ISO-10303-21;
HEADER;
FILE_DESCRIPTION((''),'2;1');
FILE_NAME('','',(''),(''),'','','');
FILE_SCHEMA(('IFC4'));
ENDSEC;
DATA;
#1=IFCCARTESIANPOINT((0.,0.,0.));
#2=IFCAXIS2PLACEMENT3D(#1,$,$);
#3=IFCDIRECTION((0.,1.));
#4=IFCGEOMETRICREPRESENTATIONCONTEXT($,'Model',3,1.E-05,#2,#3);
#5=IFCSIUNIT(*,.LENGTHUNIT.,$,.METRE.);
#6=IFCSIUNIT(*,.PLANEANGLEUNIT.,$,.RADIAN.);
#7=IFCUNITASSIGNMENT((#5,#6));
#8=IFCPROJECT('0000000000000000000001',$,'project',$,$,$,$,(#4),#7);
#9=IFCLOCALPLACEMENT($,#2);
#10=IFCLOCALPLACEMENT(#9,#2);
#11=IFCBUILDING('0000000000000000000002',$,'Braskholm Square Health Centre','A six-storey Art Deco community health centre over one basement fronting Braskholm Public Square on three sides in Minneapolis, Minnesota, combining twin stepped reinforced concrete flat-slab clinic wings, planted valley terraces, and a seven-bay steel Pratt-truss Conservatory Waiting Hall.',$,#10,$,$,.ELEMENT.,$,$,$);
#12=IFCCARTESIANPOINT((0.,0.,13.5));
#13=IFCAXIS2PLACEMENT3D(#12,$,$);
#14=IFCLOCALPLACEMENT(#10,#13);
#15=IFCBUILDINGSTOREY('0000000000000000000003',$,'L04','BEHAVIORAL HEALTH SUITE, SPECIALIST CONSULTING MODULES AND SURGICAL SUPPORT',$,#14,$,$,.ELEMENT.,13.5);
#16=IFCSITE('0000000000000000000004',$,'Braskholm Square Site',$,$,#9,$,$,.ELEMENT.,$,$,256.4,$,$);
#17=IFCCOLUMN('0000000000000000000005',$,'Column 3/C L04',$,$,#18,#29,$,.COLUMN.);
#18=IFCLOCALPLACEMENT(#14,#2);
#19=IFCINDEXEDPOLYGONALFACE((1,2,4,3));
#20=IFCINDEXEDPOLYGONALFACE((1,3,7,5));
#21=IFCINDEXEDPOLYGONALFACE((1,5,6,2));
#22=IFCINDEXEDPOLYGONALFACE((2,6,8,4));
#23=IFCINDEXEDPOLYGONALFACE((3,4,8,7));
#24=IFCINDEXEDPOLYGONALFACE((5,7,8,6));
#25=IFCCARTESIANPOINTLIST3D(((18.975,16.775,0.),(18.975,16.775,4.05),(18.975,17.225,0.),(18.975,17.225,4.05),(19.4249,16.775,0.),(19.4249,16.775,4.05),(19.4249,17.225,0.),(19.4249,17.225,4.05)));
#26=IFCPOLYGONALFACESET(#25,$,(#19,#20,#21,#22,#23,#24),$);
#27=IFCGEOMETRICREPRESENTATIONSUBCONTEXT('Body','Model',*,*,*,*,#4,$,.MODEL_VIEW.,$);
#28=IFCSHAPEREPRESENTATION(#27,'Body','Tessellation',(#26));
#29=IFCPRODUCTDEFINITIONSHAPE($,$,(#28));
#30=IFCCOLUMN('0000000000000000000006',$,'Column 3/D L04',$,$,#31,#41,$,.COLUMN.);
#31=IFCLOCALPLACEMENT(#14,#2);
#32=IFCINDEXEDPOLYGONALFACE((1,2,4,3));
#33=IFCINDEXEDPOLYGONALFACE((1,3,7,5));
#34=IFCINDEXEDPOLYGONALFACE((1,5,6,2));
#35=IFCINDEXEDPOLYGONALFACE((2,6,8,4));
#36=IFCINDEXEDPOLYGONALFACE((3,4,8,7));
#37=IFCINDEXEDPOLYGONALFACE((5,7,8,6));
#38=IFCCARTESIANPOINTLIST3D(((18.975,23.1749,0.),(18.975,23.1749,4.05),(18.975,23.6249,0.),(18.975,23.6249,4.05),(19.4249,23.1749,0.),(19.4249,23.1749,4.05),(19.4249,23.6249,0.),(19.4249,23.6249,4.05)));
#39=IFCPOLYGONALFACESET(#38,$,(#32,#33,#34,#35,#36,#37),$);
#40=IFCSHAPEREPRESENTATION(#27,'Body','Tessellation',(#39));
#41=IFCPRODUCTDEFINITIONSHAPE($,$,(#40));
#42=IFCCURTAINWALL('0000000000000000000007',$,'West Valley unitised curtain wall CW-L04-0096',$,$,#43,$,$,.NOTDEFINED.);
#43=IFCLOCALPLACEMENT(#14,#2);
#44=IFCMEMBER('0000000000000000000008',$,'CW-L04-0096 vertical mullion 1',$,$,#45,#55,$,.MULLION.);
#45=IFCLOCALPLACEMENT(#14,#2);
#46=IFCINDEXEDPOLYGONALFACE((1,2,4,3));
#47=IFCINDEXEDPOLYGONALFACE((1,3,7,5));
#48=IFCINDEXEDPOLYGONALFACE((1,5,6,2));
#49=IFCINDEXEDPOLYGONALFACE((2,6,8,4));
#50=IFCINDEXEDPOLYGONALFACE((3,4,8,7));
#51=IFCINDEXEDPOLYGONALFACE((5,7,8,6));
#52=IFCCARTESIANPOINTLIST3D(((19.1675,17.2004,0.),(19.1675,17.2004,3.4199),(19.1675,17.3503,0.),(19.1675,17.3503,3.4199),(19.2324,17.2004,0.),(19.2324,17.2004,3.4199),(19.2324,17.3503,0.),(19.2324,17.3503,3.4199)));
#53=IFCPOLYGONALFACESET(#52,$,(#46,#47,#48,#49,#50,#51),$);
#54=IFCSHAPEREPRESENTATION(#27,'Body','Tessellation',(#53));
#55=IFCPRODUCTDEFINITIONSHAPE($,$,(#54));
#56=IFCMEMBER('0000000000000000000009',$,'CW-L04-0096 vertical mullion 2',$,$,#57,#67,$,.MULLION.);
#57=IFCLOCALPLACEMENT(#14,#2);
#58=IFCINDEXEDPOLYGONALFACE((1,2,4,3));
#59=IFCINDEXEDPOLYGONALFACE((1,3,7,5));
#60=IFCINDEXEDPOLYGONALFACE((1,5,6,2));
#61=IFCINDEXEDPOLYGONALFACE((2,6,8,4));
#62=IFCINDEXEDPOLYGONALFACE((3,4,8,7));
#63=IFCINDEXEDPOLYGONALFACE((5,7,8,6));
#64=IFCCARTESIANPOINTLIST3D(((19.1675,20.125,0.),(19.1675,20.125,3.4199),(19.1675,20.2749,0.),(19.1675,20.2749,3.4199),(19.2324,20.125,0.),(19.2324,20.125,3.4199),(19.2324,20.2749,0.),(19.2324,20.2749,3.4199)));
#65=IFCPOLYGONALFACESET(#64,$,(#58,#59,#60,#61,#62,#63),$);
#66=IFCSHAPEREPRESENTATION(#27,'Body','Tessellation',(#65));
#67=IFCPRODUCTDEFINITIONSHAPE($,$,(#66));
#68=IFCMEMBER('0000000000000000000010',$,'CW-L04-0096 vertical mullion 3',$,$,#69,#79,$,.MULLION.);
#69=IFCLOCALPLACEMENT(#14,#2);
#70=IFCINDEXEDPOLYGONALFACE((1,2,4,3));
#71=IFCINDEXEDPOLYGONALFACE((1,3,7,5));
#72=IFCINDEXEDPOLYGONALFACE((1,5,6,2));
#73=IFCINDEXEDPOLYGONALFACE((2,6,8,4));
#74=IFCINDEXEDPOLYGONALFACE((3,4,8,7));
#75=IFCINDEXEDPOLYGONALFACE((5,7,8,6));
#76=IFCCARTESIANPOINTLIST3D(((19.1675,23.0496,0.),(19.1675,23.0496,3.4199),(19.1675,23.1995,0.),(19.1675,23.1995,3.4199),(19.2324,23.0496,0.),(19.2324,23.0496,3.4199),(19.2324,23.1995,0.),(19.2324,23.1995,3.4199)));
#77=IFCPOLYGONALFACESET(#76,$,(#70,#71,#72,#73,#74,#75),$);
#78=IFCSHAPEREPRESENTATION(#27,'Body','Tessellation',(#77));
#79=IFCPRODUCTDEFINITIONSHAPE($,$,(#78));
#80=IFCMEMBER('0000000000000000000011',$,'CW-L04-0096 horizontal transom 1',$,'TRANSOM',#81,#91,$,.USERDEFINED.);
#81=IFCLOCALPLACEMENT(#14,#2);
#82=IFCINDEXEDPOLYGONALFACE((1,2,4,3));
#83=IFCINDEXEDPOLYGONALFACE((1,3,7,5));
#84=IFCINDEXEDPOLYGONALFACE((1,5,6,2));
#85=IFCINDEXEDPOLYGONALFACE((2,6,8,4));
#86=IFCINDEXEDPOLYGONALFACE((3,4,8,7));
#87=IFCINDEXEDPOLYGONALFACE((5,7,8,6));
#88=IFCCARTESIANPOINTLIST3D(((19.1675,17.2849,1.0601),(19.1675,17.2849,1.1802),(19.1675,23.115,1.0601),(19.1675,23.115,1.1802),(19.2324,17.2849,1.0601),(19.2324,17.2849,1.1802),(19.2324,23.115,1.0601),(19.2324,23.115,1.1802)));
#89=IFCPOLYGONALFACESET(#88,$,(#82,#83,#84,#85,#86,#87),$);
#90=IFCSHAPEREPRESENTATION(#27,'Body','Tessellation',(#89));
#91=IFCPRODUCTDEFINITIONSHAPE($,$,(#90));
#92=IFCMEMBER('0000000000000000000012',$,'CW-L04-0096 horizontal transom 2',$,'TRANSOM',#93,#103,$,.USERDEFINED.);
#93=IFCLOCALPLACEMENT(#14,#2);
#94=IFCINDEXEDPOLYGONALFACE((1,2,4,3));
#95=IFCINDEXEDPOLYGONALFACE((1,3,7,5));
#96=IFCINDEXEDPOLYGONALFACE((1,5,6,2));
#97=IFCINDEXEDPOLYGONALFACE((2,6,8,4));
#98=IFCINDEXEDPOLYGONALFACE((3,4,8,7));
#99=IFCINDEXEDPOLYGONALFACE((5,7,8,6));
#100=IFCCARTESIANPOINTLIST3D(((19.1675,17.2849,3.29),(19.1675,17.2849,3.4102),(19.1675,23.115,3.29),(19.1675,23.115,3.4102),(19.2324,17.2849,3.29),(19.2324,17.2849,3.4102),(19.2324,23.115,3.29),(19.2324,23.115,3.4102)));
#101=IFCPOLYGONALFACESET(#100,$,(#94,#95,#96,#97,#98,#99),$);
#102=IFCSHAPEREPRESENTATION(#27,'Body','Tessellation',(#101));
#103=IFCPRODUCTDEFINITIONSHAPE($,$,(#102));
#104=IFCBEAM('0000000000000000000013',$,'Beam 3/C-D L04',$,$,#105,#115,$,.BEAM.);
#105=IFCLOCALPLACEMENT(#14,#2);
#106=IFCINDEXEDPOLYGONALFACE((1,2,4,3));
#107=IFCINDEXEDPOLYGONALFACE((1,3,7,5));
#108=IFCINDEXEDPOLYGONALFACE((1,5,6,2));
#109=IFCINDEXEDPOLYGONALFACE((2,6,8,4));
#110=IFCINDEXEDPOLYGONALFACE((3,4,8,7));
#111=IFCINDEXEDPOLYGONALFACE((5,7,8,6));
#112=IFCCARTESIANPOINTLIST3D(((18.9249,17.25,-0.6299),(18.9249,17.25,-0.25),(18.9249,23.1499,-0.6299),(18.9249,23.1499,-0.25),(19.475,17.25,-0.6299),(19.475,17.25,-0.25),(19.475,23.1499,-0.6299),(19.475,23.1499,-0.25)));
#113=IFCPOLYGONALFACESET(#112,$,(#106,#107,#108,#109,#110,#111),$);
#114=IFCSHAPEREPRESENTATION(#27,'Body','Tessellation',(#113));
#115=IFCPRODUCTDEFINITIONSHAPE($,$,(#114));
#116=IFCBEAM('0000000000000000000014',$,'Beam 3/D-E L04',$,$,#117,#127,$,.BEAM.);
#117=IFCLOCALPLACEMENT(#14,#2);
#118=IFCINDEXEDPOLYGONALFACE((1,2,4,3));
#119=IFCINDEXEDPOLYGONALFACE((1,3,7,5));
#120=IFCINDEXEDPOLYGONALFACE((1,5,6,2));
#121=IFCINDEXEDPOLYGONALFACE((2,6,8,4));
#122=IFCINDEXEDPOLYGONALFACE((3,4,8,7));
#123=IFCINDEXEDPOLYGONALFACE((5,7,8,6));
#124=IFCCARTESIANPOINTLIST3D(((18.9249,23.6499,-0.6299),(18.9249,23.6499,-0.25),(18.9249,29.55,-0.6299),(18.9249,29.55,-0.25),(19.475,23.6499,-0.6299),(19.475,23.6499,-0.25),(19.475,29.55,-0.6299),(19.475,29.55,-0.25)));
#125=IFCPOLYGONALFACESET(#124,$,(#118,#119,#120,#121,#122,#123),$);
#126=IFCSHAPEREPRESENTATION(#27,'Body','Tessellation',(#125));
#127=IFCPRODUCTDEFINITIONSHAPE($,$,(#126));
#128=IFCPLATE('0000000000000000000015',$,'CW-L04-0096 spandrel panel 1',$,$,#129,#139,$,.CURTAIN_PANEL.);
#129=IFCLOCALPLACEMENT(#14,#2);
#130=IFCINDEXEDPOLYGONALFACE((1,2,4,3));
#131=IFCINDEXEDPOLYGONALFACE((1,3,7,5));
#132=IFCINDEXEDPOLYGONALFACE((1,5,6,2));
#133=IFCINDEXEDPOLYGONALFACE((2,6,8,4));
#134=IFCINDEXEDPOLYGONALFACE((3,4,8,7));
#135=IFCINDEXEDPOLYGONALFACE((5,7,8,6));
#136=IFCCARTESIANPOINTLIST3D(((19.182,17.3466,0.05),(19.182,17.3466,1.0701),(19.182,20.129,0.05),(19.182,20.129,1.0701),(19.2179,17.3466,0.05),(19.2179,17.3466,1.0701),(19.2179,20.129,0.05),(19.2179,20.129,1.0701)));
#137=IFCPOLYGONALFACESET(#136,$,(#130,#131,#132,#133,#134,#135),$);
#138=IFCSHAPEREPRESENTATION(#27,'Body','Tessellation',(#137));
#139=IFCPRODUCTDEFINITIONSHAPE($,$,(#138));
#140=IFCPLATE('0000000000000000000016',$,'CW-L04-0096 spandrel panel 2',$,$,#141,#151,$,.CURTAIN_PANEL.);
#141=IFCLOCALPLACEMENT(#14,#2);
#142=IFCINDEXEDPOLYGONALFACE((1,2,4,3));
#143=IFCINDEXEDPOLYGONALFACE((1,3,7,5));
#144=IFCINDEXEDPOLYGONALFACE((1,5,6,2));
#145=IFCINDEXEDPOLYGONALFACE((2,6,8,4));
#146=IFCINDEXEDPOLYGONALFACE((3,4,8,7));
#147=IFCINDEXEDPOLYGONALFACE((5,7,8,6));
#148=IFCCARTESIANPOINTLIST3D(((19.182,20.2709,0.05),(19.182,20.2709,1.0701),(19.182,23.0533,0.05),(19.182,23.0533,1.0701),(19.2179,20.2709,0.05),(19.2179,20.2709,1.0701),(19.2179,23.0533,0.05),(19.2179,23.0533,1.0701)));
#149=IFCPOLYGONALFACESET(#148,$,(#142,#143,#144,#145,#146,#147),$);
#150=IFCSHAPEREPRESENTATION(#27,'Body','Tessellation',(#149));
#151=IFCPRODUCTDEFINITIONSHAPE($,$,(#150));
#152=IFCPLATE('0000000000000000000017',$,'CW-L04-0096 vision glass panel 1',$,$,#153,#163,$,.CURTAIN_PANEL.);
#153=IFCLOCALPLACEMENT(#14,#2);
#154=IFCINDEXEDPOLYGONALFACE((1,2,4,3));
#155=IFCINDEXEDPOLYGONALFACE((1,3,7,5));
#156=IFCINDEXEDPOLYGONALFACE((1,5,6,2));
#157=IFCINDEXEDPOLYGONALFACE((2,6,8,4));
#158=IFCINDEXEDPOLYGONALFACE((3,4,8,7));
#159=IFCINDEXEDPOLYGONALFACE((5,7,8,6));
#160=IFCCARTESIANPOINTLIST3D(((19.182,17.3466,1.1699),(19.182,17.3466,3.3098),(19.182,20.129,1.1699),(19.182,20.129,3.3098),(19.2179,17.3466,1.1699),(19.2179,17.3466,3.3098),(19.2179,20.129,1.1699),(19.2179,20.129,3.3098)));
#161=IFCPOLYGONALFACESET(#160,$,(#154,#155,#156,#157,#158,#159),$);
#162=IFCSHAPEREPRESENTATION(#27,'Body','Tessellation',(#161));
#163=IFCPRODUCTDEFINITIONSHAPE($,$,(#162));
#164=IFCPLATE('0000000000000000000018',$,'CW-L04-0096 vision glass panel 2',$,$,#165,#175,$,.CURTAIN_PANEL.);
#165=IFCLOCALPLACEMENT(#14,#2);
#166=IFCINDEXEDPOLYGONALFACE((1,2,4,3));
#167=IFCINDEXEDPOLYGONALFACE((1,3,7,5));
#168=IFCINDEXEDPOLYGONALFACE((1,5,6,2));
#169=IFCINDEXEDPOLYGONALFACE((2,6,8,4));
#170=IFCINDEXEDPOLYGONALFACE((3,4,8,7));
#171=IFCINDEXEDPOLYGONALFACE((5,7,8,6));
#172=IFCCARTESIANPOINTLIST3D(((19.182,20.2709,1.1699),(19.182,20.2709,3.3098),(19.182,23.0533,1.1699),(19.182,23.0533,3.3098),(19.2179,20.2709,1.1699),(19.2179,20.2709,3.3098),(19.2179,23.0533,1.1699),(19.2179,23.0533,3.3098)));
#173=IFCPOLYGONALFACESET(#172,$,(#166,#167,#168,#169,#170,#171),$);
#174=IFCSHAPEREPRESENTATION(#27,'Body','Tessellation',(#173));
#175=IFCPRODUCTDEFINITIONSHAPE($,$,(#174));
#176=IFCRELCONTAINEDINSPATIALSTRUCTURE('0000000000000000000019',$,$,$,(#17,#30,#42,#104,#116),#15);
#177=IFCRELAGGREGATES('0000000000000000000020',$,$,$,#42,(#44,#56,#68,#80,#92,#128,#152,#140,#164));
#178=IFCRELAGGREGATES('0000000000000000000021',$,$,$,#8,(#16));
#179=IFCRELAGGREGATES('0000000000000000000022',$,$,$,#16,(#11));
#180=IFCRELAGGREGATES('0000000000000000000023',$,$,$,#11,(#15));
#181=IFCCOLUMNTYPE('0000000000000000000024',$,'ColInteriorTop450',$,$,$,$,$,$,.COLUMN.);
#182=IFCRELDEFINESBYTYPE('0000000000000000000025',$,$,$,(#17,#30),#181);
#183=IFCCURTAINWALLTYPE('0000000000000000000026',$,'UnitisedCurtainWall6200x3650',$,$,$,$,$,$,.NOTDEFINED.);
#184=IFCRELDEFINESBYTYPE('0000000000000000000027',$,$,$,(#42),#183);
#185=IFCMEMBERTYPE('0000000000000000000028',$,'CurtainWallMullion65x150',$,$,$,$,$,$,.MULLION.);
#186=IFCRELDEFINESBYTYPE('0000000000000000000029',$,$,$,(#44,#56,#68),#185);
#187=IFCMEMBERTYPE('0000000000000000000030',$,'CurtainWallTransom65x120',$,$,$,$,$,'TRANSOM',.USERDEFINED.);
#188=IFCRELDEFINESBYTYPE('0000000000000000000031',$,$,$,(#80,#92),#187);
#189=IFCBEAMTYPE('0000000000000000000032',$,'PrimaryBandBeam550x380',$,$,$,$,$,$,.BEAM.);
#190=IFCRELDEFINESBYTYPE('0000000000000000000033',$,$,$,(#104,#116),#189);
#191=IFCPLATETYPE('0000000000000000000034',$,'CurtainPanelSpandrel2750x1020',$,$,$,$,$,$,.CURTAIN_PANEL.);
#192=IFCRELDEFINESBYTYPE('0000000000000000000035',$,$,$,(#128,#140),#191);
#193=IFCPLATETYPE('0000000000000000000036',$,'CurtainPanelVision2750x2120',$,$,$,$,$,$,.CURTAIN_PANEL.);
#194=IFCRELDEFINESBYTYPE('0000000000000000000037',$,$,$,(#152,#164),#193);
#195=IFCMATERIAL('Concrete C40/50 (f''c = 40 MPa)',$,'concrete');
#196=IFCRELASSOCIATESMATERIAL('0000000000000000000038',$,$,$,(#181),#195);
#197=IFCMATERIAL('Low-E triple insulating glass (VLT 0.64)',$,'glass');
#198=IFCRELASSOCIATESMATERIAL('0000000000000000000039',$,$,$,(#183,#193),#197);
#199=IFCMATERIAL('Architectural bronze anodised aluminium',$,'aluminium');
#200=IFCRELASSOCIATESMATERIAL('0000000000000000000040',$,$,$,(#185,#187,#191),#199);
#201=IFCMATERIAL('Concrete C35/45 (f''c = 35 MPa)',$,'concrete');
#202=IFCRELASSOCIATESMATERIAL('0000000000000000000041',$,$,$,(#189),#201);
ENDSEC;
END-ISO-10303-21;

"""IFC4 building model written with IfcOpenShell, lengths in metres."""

from ifc_helpers import new_model, si_unit, direction, frame, origin, origin_2d, place, context, subcontext, project, spatial, rectangle, extrude, material, material_profile, profile_set, type_object, element, aggregate, save


model = new_model("IFC4")

# Units and contexts
model_context = context("Model", 3, precision=1e-05, world=origin(), true_north=direction((0.0, 1.0)))
body_context = subcontext(model_context, "Body", "Model", "MODEL_VIEW")
ifc_project = project(units=[si_unit("LENGTHUNIT", "METRE"), si_unit("PLANEANGLEUNIT", "RADIAN")], contexts=[model_context])

# Site, building, storey
site_placement = place(None, origin())
site = spatial("IfcSite", under=ifc_project, at=site_placement, Name="Braskholm Square Site", CompositionType="ELEMENT", RefElevation=256.4)
building_placement = place(site_placement, origin())
building = spatial("IfcBuilding", under=site, at=building_placement, Name="Braskholm Square Health Centre", Description="A six-storey Art Deco community health centre over one basement fronting Braskholm Public Square on three sides in Minneapolis, Minnesota, combining twin stepped reinforced concrete flat-slab clinic wings, planted valley terraces, and a seven-bay steel Pratt-truss Conservatory Waiting Hall.", CompositionType="ELEMENT")
storey_placement = place(building_placement, frame((0.0, 0.0, 13.5)))
storey = spatial("IfcBuildingStorey", under=building, at=storey_placement, Name="L04", Description="BEHAVIORAL HEALTH SUITE, SPECIALIST CONSULTING MODULES AND SURGICAL SUPPORT", CompositionType="ELEMENT", Elevation=13.5)

# Columns
ifc_material_1 = material(Name="Concrete C40/50 (f'c = 40 MPa)", Category="concrete")
ifc_material_profile_1 = material_profile(ifc_material_1, rectangle(XDim=0.45, YDim=0.45, at=origin_2d()), Name="RC-450X450")
ifc_profile_set_1 = profile_set([ifc_material_profile_1], Name="Concrete C40/50 (f'c = 40 MPa)")
column_type = type_object("IfcColumnType", Name="ColInteriorTop450", PredefinedType="COLUMN", material=ifc_profile_set_1)
for number, where, z_axis, x_axis, name in (
    (1, (19.2, 17.0, 0.0), (0.0, 0.0, 1.0), (1.0, 0.0, 0.0), "Column 3/C L04"),
    (2, (19.2, 23.3999, 0.0), (0.0, 0.0, 1.0), (1.0, 0.0, 0.0), "Column 3/D L04"),
):
    element("IfcColumn", number, at=place(storey_placement, frame(where, z_axis=z_axis, x_axis=x_axis)), inside=storey, type_object=column_type, Name=name, PredefinedType="COLUMN", context=body_context, shape_type="SweptSolid", body=[
        extrude(rectangle(XDim=0.45, YDim=0.45, at=origin_2d()), origin(), (0.0, 0.0, 1.0), 4.05),
    ])

# Curtain wall, members
ifc_material_2 = material(Name="Low-E triple insulating glass (VLT 0.64)", Category="glass")
curtain_wall_type = type_object("IfcCurtainWallType", Name="UnitisedCurtainWall6200x3650", PredefinedType="NOTDEFINED", material=ifc_material_2)
curtain_wall_placement = place(storey_placement, origin())
curtain_wall = element("IfcCurtainWall", 3, at=curtain_wall_placement, inside=storey, type_object=curtain_wall_type, Name="West Valley unitised curtain wall CW-L04-0096", PredefinedType="NOTDEFINED")
ifc_material_3 = material(Name="Architectural bronze anodised aluminium", Category="aluminium")
ifc_material_profile_2 = material_profile(ifc_material_3, rectangle(XDim=0.0649, YDim=0.1499, at=origin_2d()), Name="ALU-65X150")
ifc_profile_set_2 = profile_set([ifc_material_profile_2], Name="Architectural bronze anodised aluminium")
member_type_1 = type_object("IfcMemberType", Name="CurtainWallMullion65x150", PredefinedType="MULLION", material=ifc_profile_set_2)
member_1_placement = place(storey_placement, frame((19.2, 17.2754, 0.0), z_axis=(0.0, 0.0, 1.0), x_axis=(1.0, 0.0, 0.0)))
member_1 = element("IfcMember", 4, at=member_1_placement, type_object=member_type_1, Name="CW-L04-0096 vertical mullion 1", PredefinedType="MULLION", context=body_context, shape_type="SweptSolid", body=[
    extrude(rectangle(XDim=0.0649, YDim=0.1499, at=origin_2d()), origin(), (0.0, 0.0, 1.0), 3.4199),
])
member_2_placement = place(storey_placement, frame((19.2, 20.2, 0.0), z_axis=(0.0, 0.0, 1.0), x_axis=(1.0, 0.0, 0.0)))
member_2 = element("IfcMember", 5, at=member_2_placement, type_object=member_type_1, Name="CW-L04-0096 vertical mullion 2", PredefinedType="MULLION", context=body_context, shape_type="SweptSolid", body=[
    extrude(rectangle(XDim=0.0649, YDim=0.1499, at=origin_2d()), origin(), (0.0, 0.0, 1.0), 3.4199),
])
member_3_placement = place(storey_placement, frame((19.2, 23.1245, 0.0), z_axis=(0.0, 0.0, 1.0), x_axis=(1.0, 0.0, 0.0)))
member_3 = element("IfcMember", 6, at=member_3_placement, type_object=member_type_1, Name="CW-L04-0096 vertical mullion 3", PredefinedType="MULLION", context=body_context, shape_type="SweptSolid", body=[
    extrude(rectangle(XDim=0.0649, YDim=0.1499, at=origin_2d()), origin(), (0.0, 0.0, 1.0), 3.4199),
])
ifc_material_profile_3 = material_profile(ifc_material_3, rectangle(XDim=0.0649, YDim=0.1201, at=origin_2d()), Name="ALU-65X120")
ifc_profile_set_3 = profile_set([ifc_material_profile_3], Name="Architectural bronze anodised aluminium")
member_type_2 = type_object("IfcMemberType", Name="CurtainWallTransom65x120", ElementType="TRANSOM", PredefinedType="USERDEFINED", material=ifc_profile_set_3)
member_4_placement = place(storey_placement, frame((19.2, 17.2849, 1.1201), z_axis=(0.0, 1.0, 0.0), x_axis=(-1.0, 0.0, 0.0)))
member_4 = element("IfcMember", 7, at=member_4_placement, type_object=member_type_2, Name="CW-L04-0096 horizontal transom 1", ObjectType="TRANSOM", PredefinedType="USERDEFINED", context=body_context, shape_type="SweptSolid", body=[
    extrude(rectangle(XDim=0.0649, YDim=0.1201, at=origin_2d()), origin(), (0.0, 0.0, 1.0), 5.8301),
])
member_5_placement = place(storey_placement, frame((19.2, 17.2849, 3.3501), z_axis=(0.0, 1.0, 0.0), x_axis=(-1.0, 0.0, 0.0)))
member_5 = element("IfcMember", 8, at=member_5_placement, type_object=member_type_2, Name="CW-L04-0096 horizontal transom 2", ObjectType="TRANSOM", PredefinedType="USERDEFINED", context=body_context, shape_type="SweptSolid", body=[
    extrude(rectangle(XDim=0.0649, YDim=0.1201, at=origin_2d()), origin(), (0.0, 0.0, 1.0), 5.8301),
])

# Beams
ifc_material_4 = material(Name="Concrete C35/45 (f'c = 35 MPa)", Category="concrete")
ifc_material_profile_4 = material_profile(ifc_material_4, rectangle(XDim=0.55, YDim=0.3799, at=origin_2d()), Name="RCB-550X380")
ifc_profile_set_4 = profile_set([ifc_material_profile_4], Name="Concrete C35/45 (f'c = 35 MPa)")
beam_type = type_object("IfcBeamType", Name="PrimaryBandBeam550x380", PredefinedType="BEAM", material=ifc_profile_set_4)
beam_1_placement = place(storey_placement, frame((19.2, 17.25, -0.4399), z_axis=(0.0, 1.0, 0.0), x_axis=(-1.0, 0.0, 0.0)))
element("IfcBeam", 9, at=beam_1_placement, inside=storey, type_object=beam_type, Name="Beam 3/C-D L04", PredefinedType="BEAM", context=body_context, shape_type="SweptSolid", body=[
    extrude(rectangle(XDim=0.55, YDim=0.3799, at=origin_2d()), origin(), (0.0, 0.0, 1.0), 5.8999),
])
beam_2_placement = place(storey_placement, frame((19.2, 23.6499, -0.4399), z_axis=(0.0, 1.0, 0.0), x_axis=(-1.0, 0.0, 0.0)))
element("IfcBeam", 10, at=beam_2_placement, inside=storey, type_object=beam_type, Name="Beam 3/D-E L04", PredefinedType="BEAM", context=body_context, shape_type="SweptSolid", body=[
    extrude(rectangle(XDim=0.55, YDim=0.3799, at=origin_2d()), origin(), (0.0, 0.0, 1.0), 5.9001),
])

# Plates
plate_type_1 = type_object("IfcPlateType", Name="CurtainPanelSpandrel2750x1020", PredefinedType="CURTAIN_PANEL", material=ifc_material_3)
plate_1_placement = place(storey_placement, frame((19.2, 18.7378, 0.05), z_axis=(0.0, 0.0, 1.0), x_axis=(0.0, 1.0, 0.0)))
plate_1 = element("IfcPlate", 11, at=plate_1_placement, type_object=plate_type_1, Name="CW-L04-0096 spandrel panel 1", PredefinedType="CURTAIN_PANEL", context=body_context, shape_type="SweptSolid", body=[
    extrude(rectangle(XDim=2.7825, YDim=0.0359, at=origin_2d()), origin(), (0.0, 0.0, 1.0), 1.02),
])
plate_2_placement = place(storey_placement, frame((19.2, 21.6621, 0.05), z_axis=(0.0, 0.0, 1.0), x_axis=(0.0, 1.0, 0.0)))
plate_2 = element("IfcPlate", 12, at=plate_2_placement, type_object=plate_type_1, Name="CW-L04-0096 spandrel panel 2", PredefinedType="CURTAIN_PANEL", context=body_context, shape_type="SweptSolid", body=[
    extrude(rectangle(XDim=2.7825, YDim=0.0359, at=origin_2d()), origin(), (0.0, 0.0, 1.0), 1.02),
])
plate_type_2 = type_object("IfcPlateType", Name="CurtainPanelVision2750x2120", PredefinedType="CURTAIN_PANEL", material=ifc_material_2)
plate_3_placement = place(storey_placement, frame((19.2, 18.7378, 1.1699), z_axis=(0.0, 0.0, 1.0), x_axis=(0.0, 1.0, 0.0)))
plate_3 = element("IfcPlate", 13, at=plate_3_placement, type_object=plate_type_2, Name="CW-L04-0096 vision glass panel 1", PredefinedType="CURTAIN_PANEL", context=body_context, shape_type="SweptSolid", body=[
    extrude(rectangle(XDim=2.7825, YDim=0.0359, at=origin_2d()), origin(), (0.0, 0.0, 1.0), 2.1399),
])
plate_4_placement = place(storey_placement, frame((19.2, 21.6621, 1.1699), z_axis=(0.0, 0.0, 1.0), x_axis=(0.0, 1.0, 0.0)))
plate_4 = element("IfcPlate", 14, at=plate_4_placement, type_object=plate_type_2, Name="CW-L04-0096 vision glass panel 2", PredefinedType="CURTAIN_PANEL", context=body_context, shape_type="SweptSolid", body=[
    extrude(rectangle(XDim=2.7825, YDim=0.0359, at=origin_2d()), origin(), (0.0, 0.0, 1.0), 2.1399),
])
aggregate(curtain_wall, [member_1, member_2, member_3, member_4, member_5, plate_1, plate_3, plate_2, plate_4])

save(model, "model.ifc")
